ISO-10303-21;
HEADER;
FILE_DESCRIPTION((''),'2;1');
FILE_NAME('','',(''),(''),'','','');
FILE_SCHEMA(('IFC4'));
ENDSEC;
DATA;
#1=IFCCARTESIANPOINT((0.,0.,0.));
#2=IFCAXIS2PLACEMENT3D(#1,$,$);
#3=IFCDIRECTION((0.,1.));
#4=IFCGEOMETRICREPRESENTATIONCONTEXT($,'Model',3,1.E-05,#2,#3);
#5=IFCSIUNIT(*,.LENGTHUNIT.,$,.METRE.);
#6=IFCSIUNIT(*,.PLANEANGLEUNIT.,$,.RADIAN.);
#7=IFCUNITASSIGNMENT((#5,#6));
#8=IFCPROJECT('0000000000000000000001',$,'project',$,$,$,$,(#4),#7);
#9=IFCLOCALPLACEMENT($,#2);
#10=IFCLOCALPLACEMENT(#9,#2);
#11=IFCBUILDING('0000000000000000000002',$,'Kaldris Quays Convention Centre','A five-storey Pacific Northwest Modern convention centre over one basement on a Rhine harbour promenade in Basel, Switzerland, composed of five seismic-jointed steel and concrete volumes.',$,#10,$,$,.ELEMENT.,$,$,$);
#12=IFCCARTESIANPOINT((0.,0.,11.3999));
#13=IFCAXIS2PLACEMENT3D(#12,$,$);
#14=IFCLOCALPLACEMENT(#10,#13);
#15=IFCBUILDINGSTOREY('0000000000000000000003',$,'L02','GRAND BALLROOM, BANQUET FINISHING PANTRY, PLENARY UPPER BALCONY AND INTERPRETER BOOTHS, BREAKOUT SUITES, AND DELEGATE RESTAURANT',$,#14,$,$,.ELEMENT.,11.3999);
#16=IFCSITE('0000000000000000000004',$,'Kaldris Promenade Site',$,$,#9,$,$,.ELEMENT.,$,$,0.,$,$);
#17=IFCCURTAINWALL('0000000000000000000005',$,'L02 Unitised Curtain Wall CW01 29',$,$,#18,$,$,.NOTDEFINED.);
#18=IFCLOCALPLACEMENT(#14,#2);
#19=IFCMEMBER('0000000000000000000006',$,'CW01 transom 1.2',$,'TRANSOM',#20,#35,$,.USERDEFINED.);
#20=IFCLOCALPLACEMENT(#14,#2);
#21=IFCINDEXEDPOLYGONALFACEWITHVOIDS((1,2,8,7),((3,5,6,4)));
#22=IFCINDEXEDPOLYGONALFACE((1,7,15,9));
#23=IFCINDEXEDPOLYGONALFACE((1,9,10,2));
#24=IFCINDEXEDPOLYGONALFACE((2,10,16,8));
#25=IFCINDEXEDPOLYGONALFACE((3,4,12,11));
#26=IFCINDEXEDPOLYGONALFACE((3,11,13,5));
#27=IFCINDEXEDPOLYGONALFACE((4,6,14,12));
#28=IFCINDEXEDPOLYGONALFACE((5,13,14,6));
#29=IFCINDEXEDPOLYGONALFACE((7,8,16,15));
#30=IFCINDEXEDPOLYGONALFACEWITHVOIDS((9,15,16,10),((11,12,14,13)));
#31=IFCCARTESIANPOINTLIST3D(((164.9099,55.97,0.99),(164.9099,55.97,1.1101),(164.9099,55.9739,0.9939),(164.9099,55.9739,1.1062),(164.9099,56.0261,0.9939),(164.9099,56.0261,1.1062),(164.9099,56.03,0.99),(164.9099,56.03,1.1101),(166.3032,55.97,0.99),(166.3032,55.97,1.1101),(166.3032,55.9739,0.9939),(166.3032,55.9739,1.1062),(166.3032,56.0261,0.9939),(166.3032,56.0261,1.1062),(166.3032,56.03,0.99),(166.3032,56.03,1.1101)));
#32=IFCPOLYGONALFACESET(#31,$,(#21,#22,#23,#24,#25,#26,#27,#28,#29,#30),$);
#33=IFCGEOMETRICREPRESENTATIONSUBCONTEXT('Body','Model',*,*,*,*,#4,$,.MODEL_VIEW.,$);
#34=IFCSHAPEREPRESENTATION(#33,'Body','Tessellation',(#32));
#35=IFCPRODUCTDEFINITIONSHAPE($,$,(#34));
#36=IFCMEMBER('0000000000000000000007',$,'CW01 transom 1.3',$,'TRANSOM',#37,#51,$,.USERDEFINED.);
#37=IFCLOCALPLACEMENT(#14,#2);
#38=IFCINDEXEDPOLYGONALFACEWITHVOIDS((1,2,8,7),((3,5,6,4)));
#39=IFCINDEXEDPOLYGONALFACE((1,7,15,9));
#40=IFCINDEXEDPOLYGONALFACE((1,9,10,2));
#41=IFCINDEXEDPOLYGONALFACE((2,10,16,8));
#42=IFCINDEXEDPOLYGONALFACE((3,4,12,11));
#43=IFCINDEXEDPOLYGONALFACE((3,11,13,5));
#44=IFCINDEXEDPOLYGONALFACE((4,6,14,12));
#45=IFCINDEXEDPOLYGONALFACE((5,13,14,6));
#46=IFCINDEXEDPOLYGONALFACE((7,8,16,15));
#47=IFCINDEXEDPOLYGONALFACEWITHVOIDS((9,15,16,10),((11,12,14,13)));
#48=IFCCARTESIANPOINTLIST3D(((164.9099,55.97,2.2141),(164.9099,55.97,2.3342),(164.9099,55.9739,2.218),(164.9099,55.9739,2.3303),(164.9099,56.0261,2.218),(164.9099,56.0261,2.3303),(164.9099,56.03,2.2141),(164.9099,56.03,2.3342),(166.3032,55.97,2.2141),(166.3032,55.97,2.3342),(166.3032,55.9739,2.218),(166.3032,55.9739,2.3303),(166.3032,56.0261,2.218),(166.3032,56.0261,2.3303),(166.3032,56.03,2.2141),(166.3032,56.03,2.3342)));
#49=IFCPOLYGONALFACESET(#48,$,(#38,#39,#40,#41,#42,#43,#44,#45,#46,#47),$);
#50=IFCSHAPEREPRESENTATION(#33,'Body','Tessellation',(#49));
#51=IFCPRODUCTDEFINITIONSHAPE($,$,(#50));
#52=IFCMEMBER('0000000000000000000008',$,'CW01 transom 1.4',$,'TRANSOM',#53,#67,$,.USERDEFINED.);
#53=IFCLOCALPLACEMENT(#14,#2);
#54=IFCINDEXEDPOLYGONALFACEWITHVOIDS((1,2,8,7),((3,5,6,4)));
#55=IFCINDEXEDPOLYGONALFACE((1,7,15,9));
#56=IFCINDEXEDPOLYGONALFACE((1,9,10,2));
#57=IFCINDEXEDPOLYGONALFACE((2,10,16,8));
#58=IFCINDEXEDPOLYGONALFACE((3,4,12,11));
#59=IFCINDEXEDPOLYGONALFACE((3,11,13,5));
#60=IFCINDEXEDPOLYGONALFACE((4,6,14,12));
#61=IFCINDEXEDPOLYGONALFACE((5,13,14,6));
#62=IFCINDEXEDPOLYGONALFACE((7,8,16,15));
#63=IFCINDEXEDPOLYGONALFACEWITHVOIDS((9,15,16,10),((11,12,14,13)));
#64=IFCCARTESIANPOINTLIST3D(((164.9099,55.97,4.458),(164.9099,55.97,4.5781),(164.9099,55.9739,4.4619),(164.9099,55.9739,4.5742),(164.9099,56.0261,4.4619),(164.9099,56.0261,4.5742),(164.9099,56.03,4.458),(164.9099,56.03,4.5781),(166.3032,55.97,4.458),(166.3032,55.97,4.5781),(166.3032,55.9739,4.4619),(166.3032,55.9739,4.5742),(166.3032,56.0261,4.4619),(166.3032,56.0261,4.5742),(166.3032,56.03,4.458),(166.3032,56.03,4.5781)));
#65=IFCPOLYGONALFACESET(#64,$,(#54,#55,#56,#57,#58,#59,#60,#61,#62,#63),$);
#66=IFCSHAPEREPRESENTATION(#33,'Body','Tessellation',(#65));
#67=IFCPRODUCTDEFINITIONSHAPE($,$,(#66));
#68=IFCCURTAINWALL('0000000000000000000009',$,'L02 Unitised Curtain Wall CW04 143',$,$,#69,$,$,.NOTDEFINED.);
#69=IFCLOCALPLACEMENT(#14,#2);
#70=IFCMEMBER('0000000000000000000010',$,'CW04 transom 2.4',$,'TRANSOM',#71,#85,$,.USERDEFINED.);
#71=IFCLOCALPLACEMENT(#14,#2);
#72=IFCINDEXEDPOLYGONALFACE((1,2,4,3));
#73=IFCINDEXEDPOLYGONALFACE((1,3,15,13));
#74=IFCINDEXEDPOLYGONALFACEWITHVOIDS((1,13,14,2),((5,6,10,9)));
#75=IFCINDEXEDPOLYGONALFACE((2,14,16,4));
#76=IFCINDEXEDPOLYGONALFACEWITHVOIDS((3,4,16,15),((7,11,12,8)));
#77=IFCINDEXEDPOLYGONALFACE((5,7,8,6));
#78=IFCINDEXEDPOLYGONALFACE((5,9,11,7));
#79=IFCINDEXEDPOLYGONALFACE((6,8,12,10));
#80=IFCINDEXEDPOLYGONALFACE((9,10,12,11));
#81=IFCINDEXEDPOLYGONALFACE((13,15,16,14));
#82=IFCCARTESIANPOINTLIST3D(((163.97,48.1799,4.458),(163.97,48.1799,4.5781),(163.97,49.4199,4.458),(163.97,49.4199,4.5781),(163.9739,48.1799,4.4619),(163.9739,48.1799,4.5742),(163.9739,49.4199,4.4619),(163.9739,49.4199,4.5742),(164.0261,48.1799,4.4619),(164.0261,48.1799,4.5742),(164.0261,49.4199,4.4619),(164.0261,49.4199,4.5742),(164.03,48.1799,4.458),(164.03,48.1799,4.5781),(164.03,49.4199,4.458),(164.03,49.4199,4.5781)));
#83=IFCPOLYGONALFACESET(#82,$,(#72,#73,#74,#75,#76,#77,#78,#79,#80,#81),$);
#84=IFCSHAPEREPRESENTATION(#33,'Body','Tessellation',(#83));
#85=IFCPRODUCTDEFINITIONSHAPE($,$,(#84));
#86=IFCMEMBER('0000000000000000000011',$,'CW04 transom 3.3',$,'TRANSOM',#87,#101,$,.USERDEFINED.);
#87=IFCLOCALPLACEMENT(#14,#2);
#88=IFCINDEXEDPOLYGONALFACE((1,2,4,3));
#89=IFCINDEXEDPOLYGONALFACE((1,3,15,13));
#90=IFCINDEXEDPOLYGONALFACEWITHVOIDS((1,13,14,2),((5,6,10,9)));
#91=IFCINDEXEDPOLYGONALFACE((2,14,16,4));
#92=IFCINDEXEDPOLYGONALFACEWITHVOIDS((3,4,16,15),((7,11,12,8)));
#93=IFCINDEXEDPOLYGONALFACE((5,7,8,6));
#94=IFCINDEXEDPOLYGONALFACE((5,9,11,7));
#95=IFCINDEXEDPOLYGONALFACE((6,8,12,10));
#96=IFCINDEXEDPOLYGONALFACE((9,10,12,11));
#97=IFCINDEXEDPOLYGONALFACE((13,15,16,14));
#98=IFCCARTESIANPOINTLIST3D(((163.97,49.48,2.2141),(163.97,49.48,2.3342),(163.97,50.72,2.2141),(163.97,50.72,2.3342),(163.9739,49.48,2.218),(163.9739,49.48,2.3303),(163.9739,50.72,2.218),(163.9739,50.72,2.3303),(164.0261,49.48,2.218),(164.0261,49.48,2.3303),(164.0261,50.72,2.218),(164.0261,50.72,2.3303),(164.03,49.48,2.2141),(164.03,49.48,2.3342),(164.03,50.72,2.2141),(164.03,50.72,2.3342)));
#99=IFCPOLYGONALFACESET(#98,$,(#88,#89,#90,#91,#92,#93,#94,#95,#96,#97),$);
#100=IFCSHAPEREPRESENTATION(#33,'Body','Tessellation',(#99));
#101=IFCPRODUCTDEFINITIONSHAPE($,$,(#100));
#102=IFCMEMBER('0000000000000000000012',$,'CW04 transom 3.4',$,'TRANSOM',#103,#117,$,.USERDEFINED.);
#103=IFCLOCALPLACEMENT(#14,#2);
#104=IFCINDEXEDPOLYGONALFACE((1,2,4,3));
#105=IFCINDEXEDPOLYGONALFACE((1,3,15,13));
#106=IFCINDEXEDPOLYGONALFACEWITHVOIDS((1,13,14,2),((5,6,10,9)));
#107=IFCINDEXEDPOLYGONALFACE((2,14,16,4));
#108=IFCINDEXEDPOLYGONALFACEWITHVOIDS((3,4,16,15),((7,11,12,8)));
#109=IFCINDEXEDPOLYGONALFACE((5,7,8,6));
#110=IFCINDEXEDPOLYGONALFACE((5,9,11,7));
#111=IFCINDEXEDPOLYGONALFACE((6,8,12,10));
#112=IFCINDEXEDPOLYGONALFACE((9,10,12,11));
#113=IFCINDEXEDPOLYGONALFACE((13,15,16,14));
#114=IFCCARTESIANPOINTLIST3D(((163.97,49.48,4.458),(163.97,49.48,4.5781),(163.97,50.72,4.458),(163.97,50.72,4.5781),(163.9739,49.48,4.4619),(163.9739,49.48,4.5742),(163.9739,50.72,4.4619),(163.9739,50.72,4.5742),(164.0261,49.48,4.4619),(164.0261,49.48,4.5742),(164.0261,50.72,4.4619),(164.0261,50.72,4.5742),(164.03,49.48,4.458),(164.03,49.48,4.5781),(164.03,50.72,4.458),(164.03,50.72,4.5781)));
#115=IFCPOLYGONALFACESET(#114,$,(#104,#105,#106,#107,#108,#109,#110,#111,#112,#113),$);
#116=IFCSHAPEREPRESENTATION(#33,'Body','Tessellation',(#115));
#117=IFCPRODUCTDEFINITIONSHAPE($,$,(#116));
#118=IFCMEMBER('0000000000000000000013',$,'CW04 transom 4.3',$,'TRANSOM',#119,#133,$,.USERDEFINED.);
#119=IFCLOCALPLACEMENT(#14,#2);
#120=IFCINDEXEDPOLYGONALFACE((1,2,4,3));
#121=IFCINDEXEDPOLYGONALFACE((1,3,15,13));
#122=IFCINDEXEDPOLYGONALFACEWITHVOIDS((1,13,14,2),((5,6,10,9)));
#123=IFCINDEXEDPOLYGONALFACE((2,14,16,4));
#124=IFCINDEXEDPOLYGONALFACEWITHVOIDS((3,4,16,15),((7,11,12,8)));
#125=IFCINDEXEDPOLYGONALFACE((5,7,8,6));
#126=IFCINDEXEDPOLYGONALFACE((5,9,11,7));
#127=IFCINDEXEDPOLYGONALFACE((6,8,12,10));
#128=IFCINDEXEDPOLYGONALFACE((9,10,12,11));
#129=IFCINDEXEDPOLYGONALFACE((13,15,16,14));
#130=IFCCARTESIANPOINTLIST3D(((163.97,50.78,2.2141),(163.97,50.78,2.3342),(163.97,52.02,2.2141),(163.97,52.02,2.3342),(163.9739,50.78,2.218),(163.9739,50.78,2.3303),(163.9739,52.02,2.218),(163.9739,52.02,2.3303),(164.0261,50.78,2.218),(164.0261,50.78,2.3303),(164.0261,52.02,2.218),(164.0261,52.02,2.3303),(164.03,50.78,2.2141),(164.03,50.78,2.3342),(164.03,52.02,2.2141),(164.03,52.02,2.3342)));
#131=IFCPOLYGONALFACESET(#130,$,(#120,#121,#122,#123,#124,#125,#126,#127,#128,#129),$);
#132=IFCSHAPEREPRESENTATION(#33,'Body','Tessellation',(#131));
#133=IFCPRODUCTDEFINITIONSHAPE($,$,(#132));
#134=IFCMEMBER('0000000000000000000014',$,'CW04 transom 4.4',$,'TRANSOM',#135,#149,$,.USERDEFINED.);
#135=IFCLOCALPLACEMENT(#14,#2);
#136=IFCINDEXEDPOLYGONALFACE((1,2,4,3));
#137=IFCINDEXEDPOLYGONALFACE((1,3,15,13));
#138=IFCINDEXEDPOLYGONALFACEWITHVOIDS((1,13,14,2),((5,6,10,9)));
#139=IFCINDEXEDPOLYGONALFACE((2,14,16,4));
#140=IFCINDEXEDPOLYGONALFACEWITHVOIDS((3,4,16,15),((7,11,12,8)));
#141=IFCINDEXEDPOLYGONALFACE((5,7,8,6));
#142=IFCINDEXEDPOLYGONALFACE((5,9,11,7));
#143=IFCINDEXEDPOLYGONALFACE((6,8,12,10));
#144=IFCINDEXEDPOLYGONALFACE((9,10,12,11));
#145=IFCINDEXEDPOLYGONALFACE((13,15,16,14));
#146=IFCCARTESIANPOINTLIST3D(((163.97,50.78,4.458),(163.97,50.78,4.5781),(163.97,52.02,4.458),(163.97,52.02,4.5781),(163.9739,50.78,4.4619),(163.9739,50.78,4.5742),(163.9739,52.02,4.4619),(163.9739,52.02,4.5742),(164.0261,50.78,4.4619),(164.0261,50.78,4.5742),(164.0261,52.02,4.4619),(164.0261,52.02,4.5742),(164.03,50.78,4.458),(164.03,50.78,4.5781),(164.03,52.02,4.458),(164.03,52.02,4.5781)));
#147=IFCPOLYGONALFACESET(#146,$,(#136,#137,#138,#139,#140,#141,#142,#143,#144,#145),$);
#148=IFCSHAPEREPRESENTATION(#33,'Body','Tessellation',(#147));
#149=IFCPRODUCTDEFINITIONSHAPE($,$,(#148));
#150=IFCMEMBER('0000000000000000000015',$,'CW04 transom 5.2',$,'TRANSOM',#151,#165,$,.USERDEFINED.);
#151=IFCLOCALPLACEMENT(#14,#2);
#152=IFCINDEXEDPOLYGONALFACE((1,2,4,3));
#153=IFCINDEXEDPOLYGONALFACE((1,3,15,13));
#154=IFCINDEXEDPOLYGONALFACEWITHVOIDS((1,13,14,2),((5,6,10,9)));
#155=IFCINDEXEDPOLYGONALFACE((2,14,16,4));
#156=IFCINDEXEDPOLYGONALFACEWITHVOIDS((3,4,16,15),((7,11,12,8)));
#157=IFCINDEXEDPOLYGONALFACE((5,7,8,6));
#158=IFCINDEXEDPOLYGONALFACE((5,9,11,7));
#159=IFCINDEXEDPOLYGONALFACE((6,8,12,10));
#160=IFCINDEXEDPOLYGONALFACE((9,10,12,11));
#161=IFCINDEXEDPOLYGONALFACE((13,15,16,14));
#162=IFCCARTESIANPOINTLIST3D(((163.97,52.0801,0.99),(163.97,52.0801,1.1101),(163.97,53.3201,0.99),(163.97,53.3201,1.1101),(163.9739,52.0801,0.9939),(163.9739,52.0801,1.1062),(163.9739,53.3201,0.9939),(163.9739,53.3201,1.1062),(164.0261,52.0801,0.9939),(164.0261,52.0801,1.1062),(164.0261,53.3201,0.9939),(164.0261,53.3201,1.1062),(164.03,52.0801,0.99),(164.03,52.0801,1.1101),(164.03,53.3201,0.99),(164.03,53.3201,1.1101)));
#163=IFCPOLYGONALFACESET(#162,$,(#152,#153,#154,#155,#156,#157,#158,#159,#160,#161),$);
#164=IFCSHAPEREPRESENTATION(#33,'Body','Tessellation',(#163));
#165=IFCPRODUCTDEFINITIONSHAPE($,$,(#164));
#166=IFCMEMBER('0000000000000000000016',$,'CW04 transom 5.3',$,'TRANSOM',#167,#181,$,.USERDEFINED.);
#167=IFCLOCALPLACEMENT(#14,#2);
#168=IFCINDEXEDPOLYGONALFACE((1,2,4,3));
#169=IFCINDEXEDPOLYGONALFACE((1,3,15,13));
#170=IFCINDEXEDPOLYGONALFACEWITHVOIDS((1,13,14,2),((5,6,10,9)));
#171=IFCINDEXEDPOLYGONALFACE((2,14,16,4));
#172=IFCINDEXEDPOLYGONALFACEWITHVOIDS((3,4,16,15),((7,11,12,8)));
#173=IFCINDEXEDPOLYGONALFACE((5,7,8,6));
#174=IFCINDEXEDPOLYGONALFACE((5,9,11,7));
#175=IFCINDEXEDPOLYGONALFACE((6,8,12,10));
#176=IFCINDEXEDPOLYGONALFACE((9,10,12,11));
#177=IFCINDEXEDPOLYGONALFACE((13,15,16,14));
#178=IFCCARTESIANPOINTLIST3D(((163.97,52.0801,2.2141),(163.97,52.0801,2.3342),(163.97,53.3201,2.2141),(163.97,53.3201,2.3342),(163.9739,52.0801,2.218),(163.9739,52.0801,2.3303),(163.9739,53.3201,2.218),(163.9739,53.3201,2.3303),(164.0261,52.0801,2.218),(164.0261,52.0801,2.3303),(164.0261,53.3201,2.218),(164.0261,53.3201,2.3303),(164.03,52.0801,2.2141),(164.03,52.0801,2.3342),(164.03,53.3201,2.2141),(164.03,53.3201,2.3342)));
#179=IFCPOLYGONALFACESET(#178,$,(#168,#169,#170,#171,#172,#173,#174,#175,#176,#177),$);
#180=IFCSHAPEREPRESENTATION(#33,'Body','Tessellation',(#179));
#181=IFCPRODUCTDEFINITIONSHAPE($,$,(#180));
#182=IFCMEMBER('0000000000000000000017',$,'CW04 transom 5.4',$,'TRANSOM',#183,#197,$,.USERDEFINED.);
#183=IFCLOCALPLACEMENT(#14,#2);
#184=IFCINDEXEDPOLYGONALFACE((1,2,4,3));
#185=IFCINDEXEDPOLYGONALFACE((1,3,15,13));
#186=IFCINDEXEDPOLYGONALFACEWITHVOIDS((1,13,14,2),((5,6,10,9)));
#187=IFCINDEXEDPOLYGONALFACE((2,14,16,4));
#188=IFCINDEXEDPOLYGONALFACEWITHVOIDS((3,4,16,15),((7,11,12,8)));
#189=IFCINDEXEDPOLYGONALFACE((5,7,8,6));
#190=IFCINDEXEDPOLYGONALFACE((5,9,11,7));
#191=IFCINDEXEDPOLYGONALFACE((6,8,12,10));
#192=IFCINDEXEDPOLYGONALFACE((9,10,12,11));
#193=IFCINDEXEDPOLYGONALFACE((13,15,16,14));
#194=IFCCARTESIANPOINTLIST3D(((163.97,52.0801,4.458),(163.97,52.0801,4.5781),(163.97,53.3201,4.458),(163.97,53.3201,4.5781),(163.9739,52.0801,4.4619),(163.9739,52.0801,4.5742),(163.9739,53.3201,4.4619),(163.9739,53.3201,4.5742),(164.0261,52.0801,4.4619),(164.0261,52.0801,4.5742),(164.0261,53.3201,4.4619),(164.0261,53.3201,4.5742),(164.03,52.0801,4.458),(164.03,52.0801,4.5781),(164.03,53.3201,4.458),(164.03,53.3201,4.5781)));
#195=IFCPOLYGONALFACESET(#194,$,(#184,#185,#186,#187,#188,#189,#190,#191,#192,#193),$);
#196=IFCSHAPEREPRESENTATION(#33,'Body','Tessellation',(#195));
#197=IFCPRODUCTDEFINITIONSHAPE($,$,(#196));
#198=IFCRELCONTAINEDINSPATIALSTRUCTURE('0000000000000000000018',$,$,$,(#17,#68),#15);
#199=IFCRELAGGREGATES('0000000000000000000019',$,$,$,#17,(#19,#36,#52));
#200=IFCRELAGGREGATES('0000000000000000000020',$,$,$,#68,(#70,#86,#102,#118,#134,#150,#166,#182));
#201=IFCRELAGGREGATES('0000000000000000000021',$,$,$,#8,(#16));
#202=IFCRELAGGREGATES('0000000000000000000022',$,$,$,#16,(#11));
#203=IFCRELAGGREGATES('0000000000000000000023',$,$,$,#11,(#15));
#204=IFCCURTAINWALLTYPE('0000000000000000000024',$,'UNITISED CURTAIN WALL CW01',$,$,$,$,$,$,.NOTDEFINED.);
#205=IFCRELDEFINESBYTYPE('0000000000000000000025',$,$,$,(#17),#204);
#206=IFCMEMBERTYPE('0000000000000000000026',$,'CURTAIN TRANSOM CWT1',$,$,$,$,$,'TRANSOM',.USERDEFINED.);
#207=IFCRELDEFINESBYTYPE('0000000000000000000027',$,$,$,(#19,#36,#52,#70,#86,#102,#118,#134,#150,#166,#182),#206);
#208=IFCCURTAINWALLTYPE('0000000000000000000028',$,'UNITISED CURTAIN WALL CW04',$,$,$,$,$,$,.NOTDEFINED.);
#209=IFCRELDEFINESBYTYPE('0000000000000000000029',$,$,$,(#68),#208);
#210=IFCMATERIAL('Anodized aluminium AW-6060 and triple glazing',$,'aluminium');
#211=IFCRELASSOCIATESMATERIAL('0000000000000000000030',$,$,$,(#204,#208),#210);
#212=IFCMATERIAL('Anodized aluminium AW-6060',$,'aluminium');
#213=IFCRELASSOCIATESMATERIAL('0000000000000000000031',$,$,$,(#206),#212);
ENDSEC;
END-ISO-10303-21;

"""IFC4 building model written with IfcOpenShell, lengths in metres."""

from ifc_helpers import new_model, si_unit, direction, frame, origin, origin_2d, place, context, subcontext, project, spatial, hollow_rectangle, extrude, material, material_profile, profile_set, type_object, element, aggregate, save


model = new_model("IFC4")

# Units and contexts
model_context = context("Model", 3, precision=1e-05, world=origin(), true_north=direction((0.0, 1.0)))
body_context = subcontext(model_context, "Body", "Model", "MODEL_VIEW")
ifc_project = project(units=[si_unit("LENGTHUNIT", "METRE"), si_unit("PLANEANGLEUNIT", "RADIAN")], contexts=[model_context])

# Site, building, storey
site_placement = place(None, origin())
site = spatial("IfcSite", under=ifc_project, at=site_placement, Name="Kaldris Promenade Site", CompositionType="ELEMENT", RefElevation=0.0)
building_placement = place(site_placement, origin())
building = spatial("IfcBuilding", under=site, at=building_placement, Name="Kaldris Quays Convention Centre", Description="A five-storey Pacific Northwest Modern convention centre over one basement on a Rhine harbour promenade in Basel, Switzerland, composed of five seismic-jointed steel and concrete volumes.", CompositionType="ELEMENT")
storey_placement = place(building_placement, frame((0.0, 0.0, 11.3999)))
storey = spatial("IfcBuildingStorey", under=building, at=storey_placement, Name="L02", Description="GRAND BALLROOM, BANQUET FINISHING PANTRY, PLENARY UPPER BALCONY AND INTERPRETER BOOTHS, BREAKOUT SUITES, AND DELEGATE RESTAURANT", CompositionType="ELEMENT", Elevation=11.3999)

# Curtain walls, members
ifc_material_1 = material(Name="Anodized aluminium AW-6060 and triple glazing", Category="aluminium")
curtain_wall_type_1 = type_object("IfcCurtainWallType", Name="UNITISED CURTAIN WALL CW01", PredefinedType="NOTDEFINED", material=ifc_material_1)
curtain_wall_1_placement = place(storey_placement, origin())
curtain_wall_1 = element("IfcCurtainWall", 1, at=curtain_wall_1_placement, inside=storey, type_object=curtain_wall_type_1, Name="L02 Unitised Curtain Wall CW01 29", PredefinedType="NOTDEFINED")
ifc_material_2 = material(Name="Anodized aluminium AW-6060", Category="aluminium")
ifc_material_profile_1 = material_profile(ifc_material_2, hollow_rectangle(XDim=0.0601, YDim=0.1201, WallThickness=0.0039, at=origin_2d()), Name="RHS 120x60x4")
ifc_profile_set_1 = profile_set([ifc_material_profile_1], Name="Anodized aluminium AW-6060")
member_type = type_object("IfcMemberType", Name="CURTAIN TRANSOM CWT1", ElementType="TRANSOM", PredefinedType="USERDEFINED", material=ifc_profile_set_1)
member_1_placement = place(storey_placement, frame((164.9099, 56.0, 1.05), z_axis=(1.0, 0.0, 0.0), x_axis=(0.0, 1.0, 0.0)))
member_1 = element("IfcMember", 2, at=member_1_placement, type_object=member_type, Name="CW01 transom 1.2", ObjectType="TRANSOM", PredefinedType="USERDEFINED", context=body_context, shape_type="SweptSolid", body=[
    extrude(hollow_rectangle(XDim=0.0601, YDim=0.1201, WallThickness=0.0039, at=origin_2d()), origin(), (0.0, 0.0, 1.0), 1.3933),
])
member_2_placement = place(storey_placement, frame((164.9099, 56.0, 2.2742), z_axis=(1.0, 0.0, 0.0), x_axis=(0.0, 1.0, 0.0)))
member_2 = element("IfcMember", 3, at=member_2_placement, type_object=member_type, Name="CW01 transom 1.3", ObjectType="TRANSOM", PredefinedType="USERDEFINED", context=body_context, shape_type="SweptSolid", body=[
    extrude(hollow_rectangle(XDim=0.0601, YDim=0.1201, WallThickness=0.0039, at=origin_2d()), origin(), (0.0, 0.0, 1.0), 1.3933),
])
member_3_placement = place(storey_placement, frame((164.9099, 56.0, 4.5181), z_axis=(1.0, 0.0, 0.0), x_axis=(0.0, 1.0, 0.0)))
member_3 = element("IfcMember", 4, at=member_3_placement, type_object=member_type, Name="CW01 transom 1.4", ObjectType="TRANSOM", PredefinedType="USERDEFINED", context=body_context, shape_type="SweptSolid", body=[
    extrude(hollow_rectangle(XDim=0.0601, YDim=0.1201, WallThickness=0.0039, at=origin_2d()), origin(), (0.0, 0.0, 1.0), 1.3933),
])
aggregate(curtain_wall_1, [member_1, member_2, member_3])
curtain_wall_type_2 = type_object("IfcCurtainWallType", Name="UNITISED CURTAIN WALL CW04", PredefinedType="NOTDEFINED", material=ifc_material_1)
curtain_wall_2_placement = place(storey_placement, origin())
curtain_wall_2 = element("IfcCurtainWall", 5, at=curtain_wall_2_placement, inside=storey, type_object=curtain_wall_type_2, Name="L02 Unitised Curtain Wall CW04 143", PredefinedType="NOTDEFINED")
member_4_placement = place(storey_placement, frame((164.0, 48.1799, 4.5181), z_axis=(0.0, 1.0, 0.0), x_axis=(-1.0, 0.0, 0.0)))
member_4 = element("IfcMember", 6, at=member_4_placement, type_object=member_type, Name="CW04 transom 2.4", ObjectType="TRANSOM", PredefinedType="USERDEFINED", context=body_context, shape_type="SweptSolid", body=[
    extrude(hollow_rectangle(XDim=0.0601, YDim=0.1201, WallThickness=0.0039, at=origin_2d()), origin(), (0.0, 0.0, 1.0), 1.24),
])
member_5_placement = place(storey_placement, frame((164.0, 49.48, 2.2742), z_axis=(0.0, 1.0, 0.0), x_axis=(-1.0, 0.0, 0.0)))
member_5 = element("IfcMember", 7, at=member_5_placement, type_object=member_type, Name="CW04 transom 3.3", ObjectType="TRANSOM", PredefinedType="USERDEFINED", context=body_context, shape_type="SweptSolid", body=[
    extrude(hollow_rectangle(XDim=0.0601, YDim=0.1201, WallThickness=0.0039, at=origin_2d()), origin(), (0.0, 0.0, 1.0), 1.24),
])
member_6_placement = place(storey_placement, frame((164.0, 49.48, 4.5181), z_axis=(0.0, 1.0, 0.0), x_axis=(-1.0, 0.0, 0.0)))
member_6 = element("IfcMember", 8, at=member_6_placement, type_object=member_type, Name="CW04 transom 3.4", ObjectType="TRANSOM", PredefinedType="USERDEFINED", context=body_context, shape_type="SweptSolid", body=[
    extrude(hollow_rectangle(XDim=0.0601, YDim=0.1201, WallThickness=0.0039, at=origin_2d()), origin(), (0.0, 0.0, 1.0), 1.24),
])
member_7_placement = place(storey_placement, frame((164.0, 50.78, 2.2742), z_axis=(0.0, 1.0, 0.0), x_axis=(-1.0, 0.0, 0.0)))
member_7 = element("IfcMember", 9, at=member_7_placement, type_object=member_type, Name="CW04 transom 4.3", ObjectType="TRANSOM", PredefinedType="USERDEFINED", context=body_context, shape_type="SweptSolid", body=[
    extrude(hollow_rectangle(XDim=0.0601, YDim=0.1201, WallThickness=0.0039, at=origin_2d()), origin(), (0.0, 0.0, 1.0), 1.24),
])
member_8_placement = place(storey_placement, frame((164.0, 50.78, 4.5181), z_axis=(0.0, 1.0, 0.0), x_axis=(-1.0, 0.0, 0.0)))
member_8 = element("IfcMember", 10, at=member_8_placement, type_object=member_type, Name="CW04 transom 4.4", ObjectType="TRANSOM", PredefinedType="USERDEFINED", context=body_context, shape_type="SweptSolid", body=[
    extrude(hollow_rectangle(XDim=0.0601, YDim=0.1201, WallThickness=0.0039, at=origin_2d()), origin(), (0.0, 0.0, 1.0), 1.24),
])
member_9_placement = place(storey_placement, frame((164.0, 52.0801, 1.05), z_axis=(0.0, 1.0, 0.0), x_axis=(-1.0, 0.0, 0.0)))
member_9 = element("IfcMember", 11, at=member_9_placement, type_object=member_type, Name="CW04 transom 5.2", ObjectType="TRANSOM", PredefinedType="USERDEFINED", context=body_context, shape_type="SweptSolid", body=[
    extrude(hollow_rectangle(XDim=0.0601, YDim=0.1201, WallThickness=0.0039, at=origin_2d()), origin(), (0.0, 0.0, 1.0), 1.24),
])
member_10_placement = place(storey_placement, frame((164.0, 52.0801, 2.2742), z_axis=(0.0, 1.0, 0.0), x_axis=(-1.0, 0.0, 0.0)))
member_10 = element("IfcMember", 12, at=member_10_placement, type_object=member_type, Name="CW04 transom 5.3", ObjectType="TRANSOM", PredefinedType="USERDEFINED", context=body_context, shape_type="SweptSolid", body=[
    extrude(hollow_rectangle(XDim=0.0601, YDim=0.1201, WallThickness=0.0039, at=origin_2d()), origin(), (0.0, 0.0, 1.0), 1.24),
])
member_11_placement = place(storey_placement, frame((164.0, 52.0801, 4.5181), z_axis=(0.0, 1.0, 0.0), x_axis=(-1.0, 0.0, 0.0)))
member_11 = element("IfcMember", 13, at=member_11_placement, type_object=member_type, Name="CW04 transom 5.4", ObjectType="TRANSOM", PredefinedType="USERDEFINED", context=body_context, shape_type="SweptSolid", body=[
    extrude(hollow_rectangle(XDim=0.0601, YDim=0.1201, WallThickness=0.0039, at=origin_2d()), origin(), (0.0, 0.0, 1.0), 1.24),
])

aggregate(curtain_wall_2, [member_4, member_5, member_6, member_7, member_8, member_9, member_10, member_11])

save(model, "model.ifc")
